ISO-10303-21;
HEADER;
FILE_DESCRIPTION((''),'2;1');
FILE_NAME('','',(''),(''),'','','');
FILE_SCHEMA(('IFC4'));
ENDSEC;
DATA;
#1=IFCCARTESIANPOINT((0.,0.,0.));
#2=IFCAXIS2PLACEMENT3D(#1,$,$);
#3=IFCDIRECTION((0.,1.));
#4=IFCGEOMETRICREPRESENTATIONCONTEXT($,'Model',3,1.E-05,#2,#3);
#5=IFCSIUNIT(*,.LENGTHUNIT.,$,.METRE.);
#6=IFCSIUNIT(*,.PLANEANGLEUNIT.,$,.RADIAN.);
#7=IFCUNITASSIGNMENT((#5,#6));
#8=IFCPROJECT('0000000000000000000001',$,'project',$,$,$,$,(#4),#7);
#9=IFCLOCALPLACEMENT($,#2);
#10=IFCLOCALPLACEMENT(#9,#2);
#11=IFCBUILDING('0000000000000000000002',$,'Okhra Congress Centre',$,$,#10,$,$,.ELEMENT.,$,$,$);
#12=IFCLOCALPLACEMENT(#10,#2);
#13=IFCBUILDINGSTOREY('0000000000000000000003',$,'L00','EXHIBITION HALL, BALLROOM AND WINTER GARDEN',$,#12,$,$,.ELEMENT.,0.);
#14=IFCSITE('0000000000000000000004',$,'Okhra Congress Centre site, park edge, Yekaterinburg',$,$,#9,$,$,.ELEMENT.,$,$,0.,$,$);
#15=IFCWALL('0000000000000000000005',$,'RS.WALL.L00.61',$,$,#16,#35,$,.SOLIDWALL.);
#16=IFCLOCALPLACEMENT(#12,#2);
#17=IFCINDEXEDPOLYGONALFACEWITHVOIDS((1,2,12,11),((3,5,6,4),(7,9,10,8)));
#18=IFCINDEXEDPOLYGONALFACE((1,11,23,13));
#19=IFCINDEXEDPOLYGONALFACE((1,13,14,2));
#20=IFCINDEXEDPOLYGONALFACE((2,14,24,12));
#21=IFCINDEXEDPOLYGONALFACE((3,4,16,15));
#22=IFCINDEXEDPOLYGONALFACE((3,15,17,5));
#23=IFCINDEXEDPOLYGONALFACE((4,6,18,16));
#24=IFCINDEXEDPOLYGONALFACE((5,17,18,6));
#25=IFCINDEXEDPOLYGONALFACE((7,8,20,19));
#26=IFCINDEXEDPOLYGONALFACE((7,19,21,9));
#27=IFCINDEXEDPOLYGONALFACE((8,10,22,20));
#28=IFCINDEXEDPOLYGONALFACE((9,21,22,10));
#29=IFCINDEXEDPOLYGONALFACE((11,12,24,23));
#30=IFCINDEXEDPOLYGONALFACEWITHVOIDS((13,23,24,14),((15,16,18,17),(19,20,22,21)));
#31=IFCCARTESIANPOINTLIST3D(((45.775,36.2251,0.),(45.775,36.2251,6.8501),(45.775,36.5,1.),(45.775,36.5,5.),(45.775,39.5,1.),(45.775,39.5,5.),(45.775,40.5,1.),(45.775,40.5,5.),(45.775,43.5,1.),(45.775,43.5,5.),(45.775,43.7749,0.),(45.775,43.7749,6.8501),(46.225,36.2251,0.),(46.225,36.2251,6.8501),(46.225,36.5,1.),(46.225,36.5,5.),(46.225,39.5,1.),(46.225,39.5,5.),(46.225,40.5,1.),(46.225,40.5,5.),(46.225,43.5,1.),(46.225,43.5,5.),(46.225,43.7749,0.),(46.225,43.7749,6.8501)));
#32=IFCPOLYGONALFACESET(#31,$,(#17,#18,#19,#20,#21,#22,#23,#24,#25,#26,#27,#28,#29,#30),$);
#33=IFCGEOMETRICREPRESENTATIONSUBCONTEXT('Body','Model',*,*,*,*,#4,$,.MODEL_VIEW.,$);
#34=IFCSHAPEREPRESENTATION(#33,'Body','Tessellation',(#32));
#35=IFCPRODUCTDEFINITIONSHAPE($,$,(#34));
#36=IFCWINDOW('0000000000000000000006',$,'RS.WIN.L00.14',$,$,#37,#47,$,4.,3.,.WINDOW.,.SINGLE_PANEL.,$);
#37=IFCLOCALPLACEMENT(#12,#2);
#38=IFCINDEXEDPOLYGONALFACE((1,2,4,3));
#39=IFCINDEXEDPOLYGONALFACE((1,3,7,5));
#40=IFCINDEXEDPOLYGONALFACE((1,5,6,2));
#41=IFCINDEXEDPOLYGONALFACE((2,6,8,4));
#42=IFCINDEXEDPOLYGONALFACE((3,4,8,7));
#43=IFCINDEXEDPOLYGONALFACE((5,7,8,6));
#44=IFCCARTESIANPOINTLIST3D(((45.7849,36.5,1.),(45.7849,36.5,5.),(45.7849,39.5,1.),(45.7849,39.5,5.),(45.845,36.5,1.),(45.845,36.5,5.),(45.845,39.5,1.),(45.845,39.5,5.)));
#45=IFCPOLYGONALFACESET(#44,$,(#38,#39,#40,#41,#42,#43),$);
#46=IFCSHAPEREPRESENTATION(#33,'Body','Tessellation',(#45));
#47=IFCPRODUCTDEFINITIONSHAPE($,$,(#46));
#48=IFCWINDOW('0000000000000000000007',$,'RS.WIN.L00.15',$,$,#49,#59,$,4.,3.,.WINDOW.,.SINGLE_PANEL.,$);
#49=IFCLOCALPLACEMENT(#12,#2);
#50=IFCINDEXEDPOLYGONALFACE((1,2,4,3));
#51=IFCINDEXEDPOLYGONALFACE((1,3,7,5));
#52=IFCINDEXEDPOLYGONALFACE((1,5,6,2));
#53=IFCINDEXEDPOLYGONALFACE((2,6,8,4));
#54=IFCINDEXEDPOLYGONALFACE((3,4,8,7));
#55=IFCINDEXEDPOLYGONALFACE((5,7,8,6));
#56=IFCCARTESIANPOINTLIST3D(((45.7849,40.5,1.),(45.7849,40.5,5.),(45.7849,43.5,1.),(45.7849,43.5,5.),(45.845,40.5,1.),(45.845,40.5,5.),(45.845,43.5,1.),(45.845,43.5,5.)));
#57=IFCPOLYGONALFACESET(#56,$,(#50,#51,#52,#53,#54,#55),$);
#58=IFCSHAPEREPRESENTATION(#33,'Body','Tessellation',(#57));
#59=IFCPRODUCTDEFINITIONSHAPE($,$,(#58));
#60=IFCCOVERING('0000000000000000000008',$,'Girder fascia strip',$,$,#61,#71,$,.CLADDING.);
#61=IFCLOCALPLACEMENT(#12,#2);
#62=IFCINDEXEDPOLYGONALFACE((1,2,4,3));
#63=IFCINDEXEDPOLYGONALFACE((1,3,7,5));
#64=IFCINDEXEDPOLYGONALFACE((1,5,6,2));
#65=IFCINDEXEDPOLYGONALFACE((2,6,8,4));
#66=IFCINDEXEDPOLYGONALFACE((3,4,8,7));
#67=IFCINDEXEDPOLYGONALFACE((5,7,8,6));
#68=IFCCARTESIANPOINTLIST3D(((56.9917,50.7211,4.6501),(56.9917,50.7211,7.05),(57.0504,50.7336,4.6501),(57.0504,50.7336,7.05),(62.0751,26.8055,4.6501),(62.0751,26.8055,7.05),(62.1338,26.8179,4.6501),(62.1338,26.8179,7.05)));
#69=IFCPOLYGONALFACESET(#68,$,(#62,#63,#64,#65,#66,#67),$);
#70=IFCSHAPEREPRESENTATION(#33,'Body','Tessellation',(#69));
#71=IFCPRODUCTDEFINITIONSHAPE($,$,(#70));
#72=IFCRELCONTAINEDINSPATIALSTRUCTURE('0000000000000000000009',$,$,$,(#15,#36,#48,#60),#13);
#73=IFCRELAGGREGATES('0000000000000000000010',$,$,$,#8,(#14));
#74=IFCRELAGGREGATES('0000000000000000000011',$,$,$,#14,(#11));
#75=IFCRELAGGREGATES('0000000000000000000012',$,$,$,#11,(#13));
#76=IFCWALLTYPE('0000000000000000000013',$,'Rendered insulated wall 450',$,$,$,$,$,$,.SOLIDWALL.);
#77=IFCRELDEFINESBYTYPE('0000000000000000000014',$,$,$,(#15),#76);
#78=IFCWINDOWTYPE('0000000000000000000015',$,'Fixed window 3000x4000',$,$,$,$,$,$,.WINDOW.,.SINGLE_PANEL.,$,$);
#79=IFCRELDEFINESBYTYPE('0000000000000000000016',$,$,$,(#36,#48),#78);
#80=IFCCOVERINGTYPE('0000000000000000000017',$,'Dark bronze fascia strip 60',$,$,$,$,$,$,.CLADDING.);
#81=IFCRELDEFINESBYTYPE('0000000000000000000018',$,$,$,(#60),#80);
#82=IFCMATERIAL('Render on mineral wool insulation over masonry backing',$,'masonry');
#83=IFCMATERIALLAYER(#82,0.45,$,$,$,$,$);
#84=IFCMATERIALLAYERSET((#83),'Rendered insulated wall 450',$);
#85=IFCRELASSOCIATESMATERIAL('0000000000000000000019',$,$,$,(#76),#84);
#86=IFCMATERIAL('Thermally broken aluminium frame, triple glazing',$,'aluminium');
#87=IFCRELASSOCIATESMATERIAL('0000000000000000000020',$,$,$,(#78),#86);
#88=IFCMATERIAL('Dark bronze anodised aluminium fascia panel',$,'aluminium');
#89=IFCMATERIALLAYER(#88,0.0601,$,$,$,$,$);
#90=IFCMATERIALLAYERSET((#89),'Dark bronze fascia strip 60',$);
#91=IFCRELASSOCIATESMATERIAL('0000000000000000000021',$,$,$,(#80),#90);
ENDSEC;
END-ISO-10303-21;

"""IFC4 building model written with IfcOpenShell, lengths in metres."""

from ifc_helpers import new_model, si_unit, direction, frame, frame_2d, origin, origin_2d, place, context, subcontext, project, spatial, rectangle, extrude, material, layer, layer_set, type_object, element, fill, save


model = new_model("IFC4")

# Units and contexts
model_context = context("Model", 3, precision=1e-05, world=origin(), true_north=direction((0.0, 1.0)))
body_context = subcontext(model_context, "Body", "Model", "MODEL_VIEW")
ifc_project = project(units=[si_unit("LENGTHUNIT", "METRE"), si_unit("PLANEANGLEUNIT", "RADIAN")], contexts=[model_context])

# Site, building, storey
site_placement = place(None, origin())
site = spatial("IfcSite", under=ifc_project, at=site_placement, Name="Okhra Congress Centre site, park edge, Yekaterinburg", CompositionType="ELEMENT", RefElevation=0.0)
building_placement = place(site_placement, origin())
building = spatial("IfcBuilding", under=site, at=building_placement, Name="Okhra Congress Centre", CompositionType="ELEMENT")
storey_placement = place(building_placement, origin())
storey = spatial("IfcBuildingStorey", under=building, at=storey_placement, Name="L00", Description="EXHIBITION HALL, BALLROOM AND WINTER GARDEN", CompositionType="ELEMENT", Elevation=0.0)

# Wall, openings, windows
ifc_material_1 = material(Name="Render on mineral wool insulation over masonry backing", Category="masonry")
ifc_layer_1 = layer(ifc_material_1, 0.45)
ifc_layer_set_1 = layer_set([ifc_layer_1], Name="Rendered insulated wall 450")
wall_type_1 = type_object("IfcWallType", Name="Rendered insulated wall 450", PredefinedType="SOLIDWALL", material=ifc_layer_set_1)
wall_1_placement = place(storey_placement, frame((46.0, 36.2251, 0.0), z_axis=(0.0, 0.0, 1.0), x_axis=(0.0, 1.0, 0.0)))
wall_1 = element("IfcWall", 1, at=wall_1_placement, inside=storey, type_object=wall_type_1, Name="RS.WALL.L00.61", PredefinedType="SOLIDWALL", context=body_context, shape_type="SweptSolid", body=[
    extrude(rectangle(XDim=7.5498, YDim=0.45, at=frame_2d((3.7749, 0.0))), origin(), (0.0, 0.0, 1.0), 6.8501),
])
opening_1_placement = place(wall_1_placement, frame((0.2749, 0.0, 1.0)))
opening_1 = element("IfcOpeningElement", 2, at=opening_1_placement, cuts=wall_1, PredefinedType="OPENING", context=body_context, shape_type="SweptSolid", body=[
    extrude(rectangle(XDim=3.0, YDim=4.0, at=frame_2d((1.5, 2.0))), frame((0.0, 0.2349, 0.0), z_axis=(0.0, -1.0, 0.0), x_axis=(1.0, 0.0, 0.0)), (0.0, 0.0, 1.0), 0.47),
])
opening_2_placement = place(wall_1_placement, frame((4.2749, 0.0, 1.0)))
opening_2 = element("IfcOpeningElement", 3, at=opening_2_placement, cuts=wall_1, PredefinedType="OPENING", context=body_context, shape_type="SweptSolid", body=[
    extrude(rectangle(XDim=3.0, YDim=4.0, at=frame_2d((1.5, 2.0))), frame((0.0, 0.2349, 0.0), z_axis=(0.0, -1.0, 0.0), x_axis=(1.0, 0.0, 0.0)), (0.0, 0.0, 1.0), 0.47),
])
ifc_material_2 = material(Name="Thermally broken aluminium frame, triple glazing", Category="aluminium")
window_type = type_object("IfcWindowType", Name="Fixed window 3000x4000", PartitioningType="SINGLE_PANEL", PredefinedType="WINDOW", material=ifc_material_2)
window_1_placement = place(opening_1_placement, origin())
window_1 = element("IfcWindow", 4, at=window_1_placement, inside=storey, type_object=window_type, Name="RS.WIN.L00.14", OverallHeight=4.0, OverallWidth=3.0, PartitioningType="SINGLE_PANEL", PredefinedType="WINDOW", context=body_context, shape_type="SweptSolid", body=[
    extrude(rectangle(XDim=3.0, YDim=4.0, at=frame_2d((1.5, 2.0))), frame((0.0, 0.2151, 0.0), z_axis=(0.0, -1.0, 0.0), x_axis=(1.0, 0.0, 0.0)), (0.0, 0.0, 1.0), 0.0601),
])
fill(opening_1, window_1)
window_2_placement = place(opening_2_placement, origin())
window_2 = element("IfcWindow", 5, at=window_2_placement, inside=storey, type_object=window_type, Name="RS.WIN.L00.15", OverallHeight=4.0, OverallWidth=3.0, PartitioningType="SINGLE_PANEL", PredefinedType="WINDOW", context=body_context, shape_type="SweptSolid", body=[
    extrude(rectangle(XDim=3.0, YDim=4.0, at=frame_2d((1.5, 2.0))), frame((0.0, 0.2151, 0.0), z_axis=(0.0, -1.0, 0.0), x_axis=(1.0, 0.0, 0.0)), (0.0, 0.0, 1.0), 0.0601),
])
fill(opening_2, window_2)

# Covering
ifc_material_3 = material(Name="Dark bronze anodised aluminium fascia panel", Category="aluminium")
ifc_layer_2 = layer(ifc_material_3, 0.0601)
ifc_layer_set_2 = layer_set([ifc_layer_2], Name="Dark bronze fascia strip 60")
covering_type = type_object("IfcCoveringType", Name="Dark bronze fascia strip 60", PredefinedType="CLADDING", material=ifc_layer_set_2)
covering_placement = place(storey_placement, frame((59.5627, 38.7695, 4.6501), z_axis=(0.0, 0.0, 1.0), x_axis=(0.978148, 0.207912, 0.0)))
element("IfcCovering", 6, at=covering_placement, inside=storey, type_object=covering_type, Name="Girder fascia strip", PredefinedType="CLADDING", context=body_context, shape_type="SweptSolid", body=[
    extrude(rectangle(XDim=0.0601, YDim=24.45, at=origin_2d()), origin(), (0.0, 0.0, 1.0), 2.3999),
])

save(model, "model.ifc")
